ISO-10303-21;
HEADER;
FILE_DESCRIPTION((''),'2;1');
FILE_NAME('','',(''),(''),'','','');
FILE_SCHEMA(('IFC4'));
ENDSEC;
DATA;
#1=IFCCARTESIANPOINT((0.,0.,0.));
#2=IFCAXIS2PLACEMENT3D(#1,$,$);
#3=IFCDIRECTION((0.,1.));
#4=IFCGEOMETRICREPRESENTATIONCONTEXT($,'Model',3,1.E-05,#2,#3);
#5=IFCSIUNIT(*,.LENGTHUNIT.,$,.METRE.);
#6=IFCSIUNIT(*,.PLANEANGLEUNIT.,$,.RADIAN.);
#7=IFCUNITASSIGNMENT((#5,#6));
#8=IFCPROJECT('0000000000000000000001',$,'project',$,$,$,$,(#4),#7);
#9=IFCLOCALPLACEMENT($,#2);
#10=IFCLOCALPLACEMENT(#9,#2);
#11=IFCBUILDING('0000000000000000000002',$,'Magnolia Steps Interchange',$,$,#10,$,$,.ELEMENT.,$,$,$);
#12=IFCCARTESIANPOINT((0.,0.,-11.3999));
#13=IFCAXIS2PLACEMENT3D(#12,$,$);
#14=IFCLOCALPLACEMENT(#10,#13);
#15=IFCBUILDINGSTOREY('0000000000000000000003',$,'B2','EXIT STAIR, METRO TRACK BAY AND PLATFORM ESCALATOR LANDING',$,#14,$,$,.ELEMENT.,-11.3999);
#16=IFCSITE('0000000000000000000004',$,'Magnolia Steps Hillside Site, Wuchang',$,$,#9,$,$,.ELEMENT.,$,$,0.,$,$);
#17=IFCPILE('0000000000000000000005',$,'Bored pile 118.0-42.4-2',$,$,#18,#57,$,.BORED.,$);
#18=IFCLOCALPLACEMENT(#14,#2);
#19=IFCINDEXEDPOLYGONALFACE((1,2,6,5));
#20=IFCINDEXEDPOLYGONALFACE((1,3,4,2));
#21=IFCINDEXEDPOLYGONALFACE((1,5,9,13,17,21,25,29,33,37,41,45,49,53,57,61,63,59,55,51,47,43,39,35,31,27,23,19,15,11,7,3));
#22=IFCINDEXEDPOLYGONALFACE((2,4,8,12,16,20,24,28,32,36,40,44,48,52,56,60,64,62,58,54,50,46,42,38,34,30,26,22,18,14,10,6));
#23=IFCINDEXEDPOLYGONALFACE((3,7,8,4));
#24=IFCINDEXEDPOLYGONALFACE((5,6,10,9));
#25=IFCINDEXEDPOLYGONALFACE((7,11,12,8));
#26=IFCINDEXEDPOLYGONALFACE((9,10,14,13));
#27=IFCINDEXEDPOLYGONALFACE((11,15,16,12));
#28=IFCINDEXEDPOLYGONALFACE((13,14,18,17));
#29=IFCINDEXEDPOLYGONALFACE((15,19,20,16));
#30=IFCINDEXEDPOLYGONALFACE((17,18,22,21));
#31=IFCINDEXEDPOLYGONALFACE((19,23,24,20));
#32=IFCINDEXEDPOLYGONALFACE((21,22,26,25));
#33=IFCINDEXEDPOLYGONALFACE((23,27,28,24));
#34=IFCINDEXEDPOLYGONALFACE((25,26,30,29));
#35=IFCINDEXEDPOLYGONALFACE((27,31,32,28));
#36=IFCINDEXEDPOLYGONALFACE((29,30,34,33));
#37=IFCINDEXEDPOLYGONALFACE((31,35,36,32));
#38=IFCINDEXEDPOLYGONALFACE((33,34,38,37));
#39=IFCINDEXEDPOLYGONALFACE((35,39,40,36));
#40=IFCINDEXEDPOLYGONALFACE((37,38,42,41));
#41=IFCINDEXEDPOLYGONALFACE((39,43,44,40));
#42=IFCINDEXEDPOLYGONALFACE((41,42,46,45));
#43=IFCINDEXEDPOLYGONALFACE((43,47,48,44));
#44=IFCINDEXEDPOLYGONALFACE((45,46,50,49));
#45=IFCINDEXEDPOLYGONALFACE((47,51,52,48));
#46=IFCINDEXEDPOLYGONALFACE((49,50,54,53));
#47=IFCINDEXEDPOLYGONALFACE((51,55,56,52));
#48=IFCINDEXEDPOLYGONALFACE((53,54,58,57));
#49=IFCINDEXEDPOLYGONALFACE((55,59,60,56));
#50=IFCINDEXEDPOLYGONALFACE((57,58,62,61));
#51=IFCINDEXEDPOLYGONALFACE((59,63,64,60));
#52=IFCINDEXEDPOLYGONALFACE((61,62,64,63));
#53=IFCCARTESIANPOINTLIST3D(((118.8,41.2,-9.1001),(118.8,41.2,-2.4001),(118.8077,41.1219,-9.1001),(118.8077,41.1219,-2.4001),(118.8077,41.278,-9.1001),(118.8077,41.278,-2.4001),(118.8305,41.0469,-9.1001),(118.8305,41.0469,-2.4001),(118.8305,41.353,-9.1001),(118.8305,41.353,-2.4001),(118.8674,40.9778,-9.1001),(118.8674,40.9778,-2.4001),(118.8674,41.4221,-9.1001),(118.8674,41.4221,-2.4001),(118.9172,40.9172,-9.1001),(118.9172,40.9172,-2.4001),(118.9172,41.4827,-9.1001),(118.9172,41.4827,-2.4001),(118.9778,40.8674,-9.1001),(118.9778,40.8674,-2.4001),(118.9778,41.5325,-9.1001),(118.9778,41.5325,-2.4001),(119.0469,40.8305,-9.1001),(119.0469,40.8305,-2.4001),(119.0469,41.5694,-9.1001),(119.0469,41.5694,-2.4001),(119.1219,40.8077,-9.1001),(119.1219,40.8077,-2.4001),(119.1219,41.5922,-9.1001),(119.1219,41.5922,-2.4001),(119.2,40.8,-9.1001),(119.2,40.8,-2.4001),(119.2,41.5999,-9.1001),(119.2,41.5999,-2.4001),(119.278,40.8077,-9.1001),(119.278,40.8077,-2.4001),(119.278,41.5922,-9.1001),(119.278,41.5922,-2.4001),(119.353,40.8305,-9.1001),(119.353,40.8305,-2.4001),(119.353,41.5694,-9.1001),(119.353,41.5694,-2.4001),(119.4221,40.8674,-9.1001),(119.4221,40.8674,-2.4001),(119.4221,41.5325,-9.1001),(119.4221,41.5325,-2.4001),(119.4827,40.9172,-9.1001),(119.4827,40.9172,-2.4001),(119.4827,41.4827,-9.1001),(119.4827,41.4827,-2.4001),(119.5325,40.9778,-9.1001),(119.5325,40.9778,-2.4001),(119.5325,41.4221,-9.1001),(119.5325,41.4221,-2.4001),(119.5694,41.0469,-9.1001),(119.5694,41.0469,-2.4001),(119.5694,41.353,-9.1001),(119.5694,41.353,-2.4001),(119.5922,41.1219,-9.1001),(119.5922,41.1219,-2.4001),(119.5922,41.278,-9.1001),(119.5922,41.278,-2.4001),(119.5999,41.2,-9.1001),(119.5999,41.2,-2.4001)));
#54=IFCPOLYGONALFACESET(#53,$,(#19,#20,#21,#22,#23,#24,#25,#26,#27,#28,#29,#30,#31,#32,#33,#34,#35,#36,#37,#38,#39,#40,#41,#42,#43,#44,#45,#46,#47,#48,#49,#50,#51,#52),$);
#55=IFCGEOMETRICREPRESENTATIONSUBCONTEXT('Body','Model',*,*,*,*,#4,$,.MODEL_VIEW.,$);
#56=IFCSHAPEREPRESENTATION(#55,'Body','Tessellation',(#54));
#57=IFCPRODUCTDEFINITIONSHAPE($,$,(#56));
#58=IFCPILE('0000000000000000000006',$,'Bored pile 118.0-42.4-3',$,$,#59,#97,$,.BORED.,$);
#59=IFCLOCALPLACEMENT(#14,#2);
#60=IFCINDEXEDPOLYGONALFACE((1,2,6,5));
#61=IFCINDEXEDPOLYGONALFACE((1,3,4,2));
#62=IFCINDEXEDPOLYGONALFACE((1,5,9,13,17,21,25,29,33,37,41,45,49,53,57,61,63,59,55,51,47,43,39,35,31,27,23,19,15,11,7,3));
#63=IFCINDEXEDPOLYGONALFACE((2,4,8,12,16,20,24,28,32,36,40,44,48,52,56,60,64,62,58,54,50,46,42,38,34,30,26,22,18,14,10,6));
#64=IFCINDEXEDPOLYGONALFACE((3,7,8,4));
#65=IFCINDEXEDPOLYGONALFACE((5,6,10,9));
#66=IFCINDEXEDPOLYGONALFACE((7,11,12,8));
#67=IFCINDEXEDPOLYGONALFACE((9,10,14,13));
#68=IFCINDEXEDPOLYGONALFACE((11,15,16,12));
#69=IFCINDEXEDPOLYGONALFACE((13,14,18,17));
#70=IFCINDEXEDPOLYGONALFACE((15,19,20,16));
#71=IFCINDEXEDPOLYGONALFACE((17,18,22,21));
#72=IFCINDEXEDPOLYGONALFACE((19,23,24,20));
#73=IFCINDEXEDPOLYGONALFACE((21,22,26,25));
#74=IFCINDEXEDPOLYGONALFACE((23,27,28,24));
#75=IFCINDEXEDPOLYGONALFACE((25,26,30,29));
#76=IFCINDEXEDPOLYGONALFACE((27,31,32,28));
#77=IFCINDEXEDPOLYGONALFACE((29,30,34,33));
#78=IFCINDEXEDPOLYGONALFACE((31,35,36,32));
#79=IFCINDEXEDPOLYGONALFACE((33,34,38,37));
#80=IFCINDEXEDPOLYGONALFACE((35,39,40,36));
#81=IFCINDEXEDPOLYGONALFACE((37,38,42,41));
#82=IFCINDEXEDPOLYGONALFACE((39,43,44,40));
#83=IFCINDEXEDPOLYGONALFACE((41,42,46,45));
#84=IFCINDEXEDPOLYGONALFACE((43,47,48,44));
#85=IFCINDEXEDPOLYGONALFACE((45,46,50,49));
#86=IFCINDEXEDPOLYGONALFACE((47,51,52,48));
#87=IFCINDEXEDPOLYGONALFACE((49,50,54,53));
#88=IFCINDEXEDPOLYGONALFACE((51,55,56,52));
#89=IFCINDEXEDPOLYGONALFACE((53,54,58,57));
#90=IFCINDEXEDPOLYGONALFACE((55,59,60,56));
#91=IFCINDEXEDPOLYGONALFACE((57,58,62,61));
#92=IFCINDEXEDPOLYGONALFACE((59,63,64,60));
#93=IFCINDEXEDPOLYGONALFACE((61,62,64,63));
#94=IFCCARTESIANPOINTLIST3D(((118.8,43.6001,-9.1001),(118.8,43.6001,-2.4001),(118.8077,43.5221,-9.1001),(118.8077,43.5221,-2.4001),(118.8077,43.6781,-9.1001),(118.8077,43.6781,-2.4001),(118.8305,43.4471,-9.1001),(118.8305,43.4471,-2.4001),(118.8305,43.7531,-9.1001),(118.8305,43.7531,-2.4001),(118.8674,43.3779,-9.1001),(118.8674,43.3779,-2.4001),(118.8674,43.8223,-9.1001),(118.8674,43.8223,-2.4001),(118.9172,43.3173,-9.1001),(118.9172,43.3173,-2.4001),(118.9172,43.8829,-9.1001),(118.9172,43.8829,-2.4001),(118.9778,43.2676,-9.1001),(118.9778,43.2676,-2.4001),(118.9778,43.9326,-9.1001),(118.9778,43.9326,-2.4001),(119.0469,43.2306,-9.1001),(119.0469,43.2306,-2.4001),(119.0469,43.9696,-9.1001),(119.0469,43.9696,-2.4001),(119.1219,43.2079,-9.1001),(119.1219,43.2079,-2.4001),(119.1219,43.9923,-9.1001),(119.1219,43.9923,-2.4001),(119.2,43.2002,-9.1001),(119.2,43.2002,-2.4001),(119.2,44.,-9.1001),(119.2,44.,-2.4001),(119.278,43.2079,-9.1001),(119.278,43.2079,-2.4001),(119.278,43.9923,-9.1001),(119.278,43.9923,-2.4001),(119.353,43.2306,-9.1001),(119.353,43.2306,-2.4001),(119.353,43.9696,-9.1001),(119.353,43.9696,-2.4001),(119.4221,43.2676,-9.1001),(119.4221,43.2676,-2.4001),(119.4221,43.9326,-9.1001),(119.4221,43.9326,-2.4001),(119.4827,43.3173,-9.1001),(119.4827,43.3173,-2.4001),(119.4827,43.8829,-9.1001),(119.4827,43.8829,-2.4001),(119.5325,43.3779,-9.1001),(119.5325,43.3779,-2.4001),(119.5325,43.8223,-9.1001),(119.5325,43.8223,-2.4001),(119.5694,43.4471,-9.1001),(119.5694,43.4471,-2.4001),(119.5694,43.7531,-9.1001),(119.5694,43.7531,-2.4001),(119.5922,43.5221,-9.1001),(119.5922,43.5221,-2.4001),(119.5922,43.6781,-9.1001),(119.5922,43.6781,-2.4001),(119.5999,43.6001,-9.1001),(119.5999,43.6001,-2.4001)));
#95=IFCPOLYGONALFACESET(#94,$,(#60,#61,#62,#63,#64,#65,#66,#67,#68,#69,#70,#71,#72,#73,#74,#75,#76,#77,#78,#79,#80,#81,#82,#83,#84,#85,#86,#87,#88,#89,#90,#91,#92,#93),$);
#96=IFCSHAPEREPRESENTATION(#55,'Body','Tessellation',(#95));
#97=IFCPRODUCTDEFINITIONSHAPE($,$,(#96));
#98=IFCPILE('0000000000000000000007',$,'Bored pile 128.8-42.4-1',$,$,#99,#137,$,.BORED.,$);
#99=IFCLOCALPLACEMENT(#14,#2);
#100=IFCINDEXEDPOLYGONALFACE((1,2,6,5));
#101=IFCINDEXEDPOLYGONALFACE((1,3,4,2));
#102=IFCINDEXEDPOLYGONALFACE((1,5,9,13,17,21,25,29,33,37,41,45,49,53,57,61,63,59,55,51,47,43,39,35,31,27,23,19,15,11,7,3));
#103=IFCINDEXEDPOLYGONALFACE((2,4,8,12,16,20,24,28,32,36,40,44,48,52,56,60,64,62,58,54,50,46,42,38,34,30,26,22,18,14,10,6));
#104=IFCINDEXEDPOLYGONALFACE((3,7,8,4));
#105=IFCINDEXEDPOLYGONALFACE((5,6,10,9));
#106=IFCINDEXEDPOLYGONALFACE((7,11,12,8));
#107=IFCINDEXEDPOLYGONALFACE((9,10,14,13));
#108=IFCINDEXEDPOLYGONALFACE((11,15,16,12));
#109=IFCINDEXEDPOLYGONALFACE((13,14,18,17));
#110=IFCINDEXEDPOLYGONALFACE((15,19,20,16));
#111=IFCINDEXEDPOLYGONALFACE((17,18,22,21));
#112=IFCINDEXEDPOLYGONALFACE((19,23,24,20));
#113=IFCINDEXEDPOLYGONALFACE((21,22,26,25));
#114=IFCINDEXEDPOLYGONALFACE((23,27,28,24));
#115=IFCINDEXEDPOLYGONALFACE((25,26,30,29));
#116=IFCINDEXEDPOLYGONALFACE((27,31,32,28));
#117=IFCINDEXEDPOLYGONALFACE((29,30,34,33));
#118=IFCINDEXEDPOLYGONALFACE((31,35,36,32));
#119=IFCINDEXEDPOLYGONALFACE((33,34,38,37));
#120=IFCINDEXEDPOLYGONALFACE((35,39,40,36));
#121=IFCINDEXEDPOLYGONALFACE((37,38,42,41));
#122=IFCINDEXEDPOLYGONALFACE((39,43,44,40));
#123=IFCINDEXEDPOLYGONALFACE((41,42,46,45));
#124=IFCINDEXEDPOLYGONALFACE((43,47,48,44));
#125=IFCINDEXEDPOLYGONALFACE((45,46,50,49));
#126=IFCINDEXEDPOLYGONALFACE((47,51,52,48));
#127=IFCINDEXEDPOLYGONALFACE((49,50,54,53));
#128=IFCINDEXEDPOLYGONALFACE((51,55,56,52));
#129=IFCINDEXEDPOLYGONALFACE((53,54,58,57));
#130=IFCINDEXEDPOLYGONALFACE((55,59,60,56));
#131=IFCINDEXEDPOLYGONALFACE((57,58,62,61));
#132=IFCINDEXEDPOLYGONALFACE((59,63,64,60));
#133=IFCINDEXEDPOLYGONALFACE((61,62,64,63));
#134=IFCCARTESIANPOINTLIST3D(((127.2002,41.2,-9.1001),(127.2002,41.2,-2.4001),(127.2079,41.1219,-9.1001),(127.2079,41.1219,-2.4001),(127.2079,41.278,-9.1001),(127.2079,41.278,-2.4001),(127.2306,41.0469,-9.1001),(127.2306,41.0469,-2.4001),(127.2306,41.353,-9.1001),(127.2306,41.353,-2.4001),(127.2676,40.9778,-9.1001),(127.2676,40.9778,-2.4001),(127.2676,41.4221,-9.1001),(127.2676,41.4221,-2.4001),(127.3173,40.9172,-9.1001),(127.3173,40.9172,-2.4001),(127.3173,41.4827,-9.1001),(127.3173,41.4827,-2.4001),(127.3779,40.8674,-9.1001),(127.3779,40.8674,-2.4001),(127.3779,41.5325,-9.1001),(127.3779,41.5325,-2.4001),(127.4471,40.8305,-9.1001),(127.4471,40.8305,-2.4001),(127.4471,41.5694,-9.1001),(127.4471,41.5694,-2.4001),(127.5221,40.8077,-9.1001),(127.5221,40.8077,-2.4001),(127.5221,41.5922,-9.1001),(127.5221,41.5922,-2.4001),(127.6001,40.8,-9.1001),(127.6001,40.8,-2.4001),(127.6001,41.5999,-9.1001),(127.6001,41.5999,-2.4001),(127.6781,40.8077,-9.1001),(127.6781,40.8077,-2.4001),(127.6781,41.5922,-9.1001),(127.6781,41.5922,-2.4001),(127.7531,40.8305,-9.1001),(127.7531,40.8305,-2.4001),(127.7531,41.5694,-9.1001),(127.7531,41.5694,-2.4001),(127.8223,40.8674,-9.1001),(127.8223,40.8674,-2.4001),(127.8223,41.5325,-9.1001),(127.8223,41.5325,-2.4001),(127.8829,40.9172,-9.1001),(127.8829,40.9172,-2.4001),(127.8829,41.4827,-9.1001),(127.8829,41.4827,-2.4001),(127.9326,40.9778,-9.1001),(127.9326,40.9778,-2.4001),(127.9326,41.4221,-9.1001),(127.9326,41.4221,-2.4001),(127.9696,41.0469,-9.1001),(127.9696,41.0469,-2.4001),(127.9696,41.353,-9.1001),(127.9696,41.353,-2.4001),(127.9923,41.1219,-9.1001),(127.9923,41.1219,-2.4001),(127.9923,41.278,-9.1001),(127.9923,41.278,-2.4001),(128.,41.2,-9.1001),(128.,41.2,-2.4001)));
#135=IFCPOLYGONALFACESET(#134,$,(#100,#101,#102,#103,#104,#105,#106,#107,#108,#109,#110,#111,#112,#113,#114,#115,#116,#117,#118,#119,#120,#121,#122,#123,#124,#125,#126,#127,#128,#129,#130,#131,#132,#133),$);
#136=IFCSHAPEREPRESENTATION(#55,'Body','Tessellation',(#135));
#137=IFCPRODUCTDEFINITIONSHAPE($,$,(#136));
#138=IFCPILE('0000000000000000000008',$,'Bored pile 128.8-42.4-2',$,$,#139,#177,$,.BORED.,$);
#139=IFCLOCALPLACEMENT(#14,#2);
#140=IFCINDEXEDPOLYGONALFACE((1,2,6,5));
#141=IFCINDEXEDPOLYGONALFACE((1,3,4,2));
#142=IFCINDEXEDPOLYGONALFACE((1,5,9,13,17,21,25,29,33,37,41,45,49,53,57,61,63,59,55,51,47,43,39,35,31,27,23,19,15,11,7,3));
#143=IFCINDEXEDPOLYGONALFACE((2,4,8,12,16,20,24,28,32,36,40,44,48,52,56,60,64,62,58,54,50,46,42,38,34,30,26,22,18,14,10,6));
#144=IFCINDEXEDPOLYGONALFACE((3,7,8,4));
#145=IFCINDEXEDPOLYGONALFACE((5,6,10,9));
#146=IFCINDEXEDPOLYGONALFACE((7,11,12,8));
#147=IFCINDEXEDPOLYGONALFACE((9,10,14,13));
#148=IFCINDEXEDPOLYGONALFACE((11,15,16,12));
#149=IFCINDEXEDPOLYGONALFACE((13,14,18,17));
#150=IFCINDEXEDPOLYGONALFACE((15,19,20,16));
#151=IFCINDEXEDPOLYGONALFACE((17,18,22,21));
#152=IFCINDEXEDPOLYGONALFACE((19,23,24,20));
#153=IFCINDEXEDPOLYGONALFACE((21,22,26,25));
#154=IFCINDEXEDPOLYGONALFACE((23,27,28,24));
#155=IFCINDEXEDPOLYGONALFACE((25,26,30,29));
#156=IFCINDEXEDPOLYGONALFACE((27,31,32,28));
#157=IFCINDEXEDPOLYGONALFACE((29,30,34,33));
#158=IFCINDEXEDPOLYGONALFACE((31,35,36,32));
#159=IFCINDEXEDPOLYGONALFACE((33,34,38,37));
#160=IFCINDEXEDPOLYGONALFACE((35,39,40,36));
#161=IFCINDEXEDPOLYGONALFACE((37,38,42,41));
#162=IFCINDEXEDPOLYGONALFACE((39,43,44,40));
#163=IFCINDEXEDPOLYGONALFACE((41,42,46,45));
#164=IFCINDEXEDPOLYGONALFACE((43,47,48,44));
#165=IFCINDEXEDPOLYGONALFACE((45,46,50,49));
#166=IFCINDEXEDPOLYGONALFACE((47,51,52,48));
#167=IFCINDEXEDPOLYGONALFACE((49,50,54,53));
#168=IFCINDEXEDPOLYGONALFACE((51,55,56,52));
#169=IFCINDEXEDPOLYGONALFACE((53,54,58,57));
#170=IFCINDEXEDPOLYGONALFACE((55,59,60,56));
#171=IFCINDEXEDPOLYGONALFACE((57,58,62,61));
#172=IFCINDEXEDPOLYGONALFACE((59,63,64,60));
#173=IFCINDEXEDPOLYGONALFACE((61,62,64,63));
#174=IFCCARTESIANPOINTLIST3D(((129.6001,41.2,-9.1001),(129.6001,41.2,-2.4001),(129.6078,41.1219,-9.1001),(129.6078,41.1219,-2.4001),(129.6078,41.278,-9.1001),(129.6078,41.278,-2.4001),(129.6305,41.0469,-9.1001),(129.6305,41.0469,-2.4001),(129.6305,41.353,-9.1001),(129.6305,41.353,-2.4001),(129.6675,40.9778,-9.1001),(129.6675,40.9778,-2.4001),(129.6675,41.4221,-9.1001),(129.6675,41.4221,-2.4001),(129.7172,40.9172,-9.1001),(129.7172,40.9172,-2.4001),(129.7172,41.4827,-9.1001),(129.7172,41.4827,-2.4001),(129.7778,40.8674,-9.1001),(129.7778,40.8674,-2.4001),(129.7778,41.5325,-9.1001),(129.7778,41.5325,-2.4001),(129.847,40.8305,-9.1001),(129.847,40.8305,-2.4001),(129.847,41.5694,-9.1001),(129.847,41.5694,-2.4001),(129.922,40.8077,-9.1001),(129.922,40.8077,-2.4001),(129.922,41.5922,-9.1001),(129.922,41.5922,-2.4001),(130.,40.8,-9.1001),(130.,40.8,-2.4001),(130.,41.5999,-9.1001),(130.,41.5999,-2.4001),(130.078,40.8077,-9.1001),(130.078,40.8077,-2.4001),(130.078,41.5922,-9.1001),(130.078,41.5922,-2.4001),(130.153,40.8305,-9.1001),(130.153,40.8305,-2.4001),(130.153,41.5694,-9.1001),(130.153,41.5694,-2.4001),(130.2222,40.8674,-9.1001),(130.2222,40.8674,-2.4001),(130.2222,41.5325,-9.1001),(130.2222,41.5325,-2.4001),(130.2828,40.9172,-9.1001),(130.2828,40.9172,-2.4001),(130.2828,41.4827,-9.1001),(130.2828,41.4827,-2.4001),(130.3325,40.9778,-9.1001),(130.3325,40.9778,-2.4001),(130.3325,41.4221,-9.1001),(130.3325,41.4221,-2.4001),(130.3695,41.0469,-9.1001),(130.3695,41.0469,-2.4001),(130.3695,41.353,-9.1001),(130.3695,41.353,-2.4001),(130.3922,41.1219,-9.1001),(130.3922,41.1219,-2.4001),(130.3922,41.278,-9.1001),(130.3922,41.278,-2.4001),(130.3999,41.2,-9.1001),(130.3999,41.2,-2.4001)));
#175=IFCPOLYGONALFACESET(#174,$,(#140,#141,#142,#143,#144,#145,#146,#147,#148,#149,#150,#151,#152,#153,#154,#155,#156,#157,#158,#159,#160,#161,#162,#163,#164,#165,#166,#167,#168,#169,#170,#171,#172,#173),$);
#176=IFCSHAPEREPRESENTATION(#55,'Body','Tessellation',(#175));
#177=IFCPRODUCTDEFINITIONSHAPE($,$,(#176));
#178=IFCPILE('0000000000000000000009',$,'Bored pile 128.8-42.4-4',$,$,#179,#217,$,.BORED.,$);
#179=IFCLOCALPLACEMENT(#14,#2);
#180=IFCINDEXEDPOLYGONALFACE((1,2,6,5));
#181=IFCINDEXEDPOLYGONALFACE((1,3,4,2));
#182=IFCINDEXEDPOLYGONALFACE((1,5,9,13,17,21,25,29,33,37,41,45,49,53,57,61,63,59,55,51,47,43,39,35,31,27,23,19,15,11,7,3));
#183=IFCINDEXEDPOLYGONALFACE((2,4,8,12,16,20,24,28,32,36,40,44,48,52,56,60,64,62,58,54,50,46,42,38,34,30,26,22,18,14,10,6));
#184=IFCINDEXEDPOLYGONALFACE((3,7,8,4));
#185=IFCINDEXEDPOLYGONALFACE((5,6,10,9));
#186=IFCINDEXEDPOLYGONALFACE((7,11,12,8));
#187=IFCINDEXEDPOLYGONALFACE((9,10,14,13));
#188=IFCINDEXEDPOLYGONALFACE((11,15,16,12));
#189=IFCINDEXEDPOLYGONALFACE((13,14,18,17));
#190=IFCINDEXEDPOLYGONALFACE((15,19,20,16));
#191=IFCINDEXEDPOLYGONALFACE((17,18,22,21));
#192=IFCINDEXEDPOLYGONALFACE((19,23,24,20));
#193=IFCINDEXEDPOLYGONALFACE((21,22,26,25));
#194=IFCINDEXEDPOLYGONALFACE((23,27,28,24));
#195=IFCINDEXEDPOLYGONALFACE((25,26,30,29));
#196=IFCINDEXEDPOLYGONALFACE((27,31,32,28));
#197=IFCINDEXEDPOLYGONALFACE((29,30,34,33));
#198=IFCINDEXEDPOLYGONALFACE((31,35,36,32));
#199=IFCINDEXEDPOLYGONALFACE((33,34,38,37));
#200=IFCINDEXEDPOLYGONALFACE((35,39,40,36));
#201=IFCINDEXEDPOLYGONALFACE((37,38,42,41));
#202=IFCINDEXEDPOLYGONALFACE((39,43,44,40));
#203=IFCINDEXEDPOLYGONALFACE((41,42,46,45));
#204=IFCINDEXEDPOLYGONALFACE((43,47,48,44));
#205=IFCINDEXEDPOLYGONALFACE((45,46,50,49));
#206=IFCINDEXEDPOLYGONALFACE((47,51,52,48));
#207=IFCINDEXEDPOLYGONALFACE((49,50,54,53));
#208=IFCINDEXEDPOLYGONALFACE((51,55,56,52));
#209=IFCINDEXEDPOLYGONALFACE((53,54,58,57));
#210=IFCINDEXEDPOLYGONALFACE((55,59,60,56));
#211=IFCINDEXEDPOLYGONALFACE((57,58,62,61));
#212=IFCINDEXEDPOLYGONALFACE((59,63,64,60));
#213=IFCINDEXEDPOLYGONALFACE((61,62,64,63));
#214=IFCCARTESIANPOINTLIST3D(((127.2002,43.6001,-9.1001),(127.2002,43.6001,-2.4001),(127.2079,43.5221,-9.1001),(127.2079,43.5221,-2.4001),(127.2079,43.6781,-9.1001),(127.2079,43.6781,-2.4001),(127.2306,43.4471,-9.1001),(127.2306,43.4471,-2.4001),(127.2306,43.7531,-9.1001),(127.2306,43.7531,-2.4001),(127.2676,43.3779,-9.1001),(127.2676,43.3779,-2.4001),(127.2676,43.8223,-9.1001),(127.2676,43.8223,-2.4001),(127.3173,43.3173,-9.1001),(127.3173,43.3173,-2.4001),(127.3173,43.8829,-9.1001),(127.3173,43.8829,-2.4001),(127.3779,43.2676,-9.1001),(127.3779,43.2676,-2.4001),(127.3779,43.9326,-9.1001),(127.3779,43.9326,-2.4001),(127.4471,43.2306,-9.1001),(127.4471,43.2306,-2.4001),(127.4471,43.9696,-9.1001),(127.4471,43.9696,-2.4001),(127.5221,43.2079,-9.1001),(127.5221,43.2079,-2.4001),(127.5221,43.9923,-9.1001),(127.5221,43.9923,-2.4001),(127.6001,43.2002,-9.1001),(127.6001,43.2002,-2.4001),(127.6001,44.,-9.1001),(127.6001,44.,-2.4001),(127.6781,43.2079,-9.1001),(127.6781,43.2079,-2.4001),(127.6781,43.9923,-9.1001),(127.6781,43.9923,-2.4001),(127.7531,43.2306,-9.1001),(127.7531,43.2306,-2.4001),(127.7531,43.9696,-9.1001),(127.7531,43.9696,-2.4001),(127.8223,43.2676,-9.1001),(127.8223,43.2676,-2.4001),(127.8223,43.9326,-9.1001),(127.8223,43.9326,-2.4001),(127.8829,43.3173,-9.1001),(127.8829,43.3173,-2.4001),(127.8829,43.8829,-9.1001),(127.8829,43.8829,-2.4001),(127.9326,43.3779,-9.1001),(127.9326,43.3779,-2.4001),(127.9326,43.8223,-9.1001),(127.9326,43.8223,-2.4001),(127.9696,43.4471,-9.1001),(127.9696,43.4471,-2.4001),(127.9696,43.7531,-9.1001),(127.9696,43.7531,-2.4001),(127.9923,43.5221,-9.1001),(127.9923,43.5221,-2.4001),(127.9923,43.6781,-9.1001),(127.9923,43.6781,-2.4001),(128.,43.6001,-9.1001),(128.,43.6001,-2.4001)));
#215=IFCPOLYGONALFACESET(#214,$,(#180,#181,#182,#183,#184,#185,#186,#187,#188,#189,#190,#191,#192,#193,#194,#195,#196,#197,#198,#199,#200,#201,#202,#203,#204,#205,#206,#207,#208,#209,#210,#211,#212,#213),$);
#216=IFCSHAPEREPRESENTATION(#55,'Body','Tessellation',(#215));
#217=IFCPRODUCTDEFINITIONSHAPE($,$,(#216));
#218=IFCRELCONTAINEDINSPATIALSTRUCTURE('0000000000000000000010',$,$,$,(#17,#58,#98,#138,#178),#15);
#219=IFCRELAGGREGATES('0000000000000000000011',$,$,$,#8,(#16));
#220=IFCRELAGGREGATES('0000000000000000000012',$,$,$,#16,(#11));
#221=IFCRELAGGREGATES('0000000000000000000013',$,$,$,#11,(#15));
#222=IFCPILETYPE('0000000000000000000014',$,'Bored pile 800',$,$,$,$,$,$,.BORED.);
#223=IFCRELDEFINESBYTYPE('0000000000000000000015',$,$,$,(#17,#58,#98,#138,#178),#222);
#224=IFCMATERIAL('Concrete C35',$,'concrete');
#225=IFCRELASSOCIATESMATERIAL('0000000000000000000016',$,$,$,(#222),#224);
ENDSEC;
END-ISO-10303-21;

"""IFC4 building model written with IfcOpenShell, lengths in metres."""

from ifc_helpers import new_model, si_unit, direction, frame, origin, origin_2d, place, context, subcontext, project, spatial, circle, extrude, material, material_profile, profile_set, type_object, element, save


model = new_model("IFC4")

# Units and contexts
model_context = context("Model", 3, precision=1e-05, world=origin(), true_north=direction((0.0, 1.0)))
body_context = subcontext(model_context, "Body", "Model", "MODEL_VIEW")
ifc_project = project(units=[si_unit("LENGTHUNIT", "METRE"), si_unit("PLANEANGLEUNIT", "RADIAN")], contexts=[model_context])

# Site, building, storey
site_placement = place(None, origin())
site = spatial("IfcSite", under=ifc_project, at=site_placement, Name="Magnolia Steps Hillside Site, Wuchang", CompositionType="ELEMENT", RefElevation=0.0)
building_placement = place(site_placement, origin())
building = spatial("IfcBuilding", under=site, at=building_placement, Name="Magnolia Steps Interchange", CompositionType="ELEMENT")
storey_placement = place(building_placement, frame((0.0, 0.0, -11.3999)))
storey = spatial("IfcBuildingStorey", under=building, at=storey_placement, Name="B2", Description="EXIT STAIR, METRO TRACK BAY AND PLATFORM ESCALATOR LANDING", CompositionType="ELEMENT", Elevation=-11.3999)

# Piles
ifc_material_1 = material(Name="Concrete C35", Category="concrete")
ifc_material_profile_1 = material_profile(ifc_material_1, circle(Radius=0.3999, at=origin_2d()), Name="Bored pile 800")
ifc_profile_set_1 = profile_set([ifc_material_profile_1], Name="Concrete C35")
pile_type_1 = type_object("IfcPileType", Name="Bored pile 800", PredefinedType="BORED", material=ifc_profile_set_1)
for number, where, z_axis, x_axis, name in (
    (1, (119.2, 41.2, -2.4001), (0.0, 0.0, -1.0), (1.0, 0.0, 0.0), "Bored pile 118.0-42.4-2"),
    (2, (119.2, 43.6001, -2.4001), (0.0, 0.0, -1.0), (1.0, 0.0, 0.0), "Bored pile 118.0-42.4-3"),
    (3, (127.6001, 41.2, -2.4001), (0.0, 0.0, -1.0), (1.0, 0.0, 0.0), "Bored pile 128.8-42.4-1"),
    (4, (130.0, 41.2, -2.4001), (0.0, 0.0, -1.0), (1.0, 0.0, 0.0), "Bored pile 128.8-42.4-2"),
    (5, (127.6001, 43.6001, -2.4001), (0.0, 0.0, -1.0), (1.0, 0.0, 0.0), "Bored pile 128.8-42.4-4"),
):
    element("IfcPile", number, at=place(storey_placement, frame(where, z_axis=z_axis, x_axis=x_axis)), inside=storey, type_object=pile_type_1, Name=name, PredefinedType="BORED", context=body_context, shape_type="SweptSolid", body=[
        extrude(circle(Radius=0.3999, at=origin_2d()), origin(), (0.0, 0.0, 1.0), 6.7),
    ])

save(model, "model.ifc")
